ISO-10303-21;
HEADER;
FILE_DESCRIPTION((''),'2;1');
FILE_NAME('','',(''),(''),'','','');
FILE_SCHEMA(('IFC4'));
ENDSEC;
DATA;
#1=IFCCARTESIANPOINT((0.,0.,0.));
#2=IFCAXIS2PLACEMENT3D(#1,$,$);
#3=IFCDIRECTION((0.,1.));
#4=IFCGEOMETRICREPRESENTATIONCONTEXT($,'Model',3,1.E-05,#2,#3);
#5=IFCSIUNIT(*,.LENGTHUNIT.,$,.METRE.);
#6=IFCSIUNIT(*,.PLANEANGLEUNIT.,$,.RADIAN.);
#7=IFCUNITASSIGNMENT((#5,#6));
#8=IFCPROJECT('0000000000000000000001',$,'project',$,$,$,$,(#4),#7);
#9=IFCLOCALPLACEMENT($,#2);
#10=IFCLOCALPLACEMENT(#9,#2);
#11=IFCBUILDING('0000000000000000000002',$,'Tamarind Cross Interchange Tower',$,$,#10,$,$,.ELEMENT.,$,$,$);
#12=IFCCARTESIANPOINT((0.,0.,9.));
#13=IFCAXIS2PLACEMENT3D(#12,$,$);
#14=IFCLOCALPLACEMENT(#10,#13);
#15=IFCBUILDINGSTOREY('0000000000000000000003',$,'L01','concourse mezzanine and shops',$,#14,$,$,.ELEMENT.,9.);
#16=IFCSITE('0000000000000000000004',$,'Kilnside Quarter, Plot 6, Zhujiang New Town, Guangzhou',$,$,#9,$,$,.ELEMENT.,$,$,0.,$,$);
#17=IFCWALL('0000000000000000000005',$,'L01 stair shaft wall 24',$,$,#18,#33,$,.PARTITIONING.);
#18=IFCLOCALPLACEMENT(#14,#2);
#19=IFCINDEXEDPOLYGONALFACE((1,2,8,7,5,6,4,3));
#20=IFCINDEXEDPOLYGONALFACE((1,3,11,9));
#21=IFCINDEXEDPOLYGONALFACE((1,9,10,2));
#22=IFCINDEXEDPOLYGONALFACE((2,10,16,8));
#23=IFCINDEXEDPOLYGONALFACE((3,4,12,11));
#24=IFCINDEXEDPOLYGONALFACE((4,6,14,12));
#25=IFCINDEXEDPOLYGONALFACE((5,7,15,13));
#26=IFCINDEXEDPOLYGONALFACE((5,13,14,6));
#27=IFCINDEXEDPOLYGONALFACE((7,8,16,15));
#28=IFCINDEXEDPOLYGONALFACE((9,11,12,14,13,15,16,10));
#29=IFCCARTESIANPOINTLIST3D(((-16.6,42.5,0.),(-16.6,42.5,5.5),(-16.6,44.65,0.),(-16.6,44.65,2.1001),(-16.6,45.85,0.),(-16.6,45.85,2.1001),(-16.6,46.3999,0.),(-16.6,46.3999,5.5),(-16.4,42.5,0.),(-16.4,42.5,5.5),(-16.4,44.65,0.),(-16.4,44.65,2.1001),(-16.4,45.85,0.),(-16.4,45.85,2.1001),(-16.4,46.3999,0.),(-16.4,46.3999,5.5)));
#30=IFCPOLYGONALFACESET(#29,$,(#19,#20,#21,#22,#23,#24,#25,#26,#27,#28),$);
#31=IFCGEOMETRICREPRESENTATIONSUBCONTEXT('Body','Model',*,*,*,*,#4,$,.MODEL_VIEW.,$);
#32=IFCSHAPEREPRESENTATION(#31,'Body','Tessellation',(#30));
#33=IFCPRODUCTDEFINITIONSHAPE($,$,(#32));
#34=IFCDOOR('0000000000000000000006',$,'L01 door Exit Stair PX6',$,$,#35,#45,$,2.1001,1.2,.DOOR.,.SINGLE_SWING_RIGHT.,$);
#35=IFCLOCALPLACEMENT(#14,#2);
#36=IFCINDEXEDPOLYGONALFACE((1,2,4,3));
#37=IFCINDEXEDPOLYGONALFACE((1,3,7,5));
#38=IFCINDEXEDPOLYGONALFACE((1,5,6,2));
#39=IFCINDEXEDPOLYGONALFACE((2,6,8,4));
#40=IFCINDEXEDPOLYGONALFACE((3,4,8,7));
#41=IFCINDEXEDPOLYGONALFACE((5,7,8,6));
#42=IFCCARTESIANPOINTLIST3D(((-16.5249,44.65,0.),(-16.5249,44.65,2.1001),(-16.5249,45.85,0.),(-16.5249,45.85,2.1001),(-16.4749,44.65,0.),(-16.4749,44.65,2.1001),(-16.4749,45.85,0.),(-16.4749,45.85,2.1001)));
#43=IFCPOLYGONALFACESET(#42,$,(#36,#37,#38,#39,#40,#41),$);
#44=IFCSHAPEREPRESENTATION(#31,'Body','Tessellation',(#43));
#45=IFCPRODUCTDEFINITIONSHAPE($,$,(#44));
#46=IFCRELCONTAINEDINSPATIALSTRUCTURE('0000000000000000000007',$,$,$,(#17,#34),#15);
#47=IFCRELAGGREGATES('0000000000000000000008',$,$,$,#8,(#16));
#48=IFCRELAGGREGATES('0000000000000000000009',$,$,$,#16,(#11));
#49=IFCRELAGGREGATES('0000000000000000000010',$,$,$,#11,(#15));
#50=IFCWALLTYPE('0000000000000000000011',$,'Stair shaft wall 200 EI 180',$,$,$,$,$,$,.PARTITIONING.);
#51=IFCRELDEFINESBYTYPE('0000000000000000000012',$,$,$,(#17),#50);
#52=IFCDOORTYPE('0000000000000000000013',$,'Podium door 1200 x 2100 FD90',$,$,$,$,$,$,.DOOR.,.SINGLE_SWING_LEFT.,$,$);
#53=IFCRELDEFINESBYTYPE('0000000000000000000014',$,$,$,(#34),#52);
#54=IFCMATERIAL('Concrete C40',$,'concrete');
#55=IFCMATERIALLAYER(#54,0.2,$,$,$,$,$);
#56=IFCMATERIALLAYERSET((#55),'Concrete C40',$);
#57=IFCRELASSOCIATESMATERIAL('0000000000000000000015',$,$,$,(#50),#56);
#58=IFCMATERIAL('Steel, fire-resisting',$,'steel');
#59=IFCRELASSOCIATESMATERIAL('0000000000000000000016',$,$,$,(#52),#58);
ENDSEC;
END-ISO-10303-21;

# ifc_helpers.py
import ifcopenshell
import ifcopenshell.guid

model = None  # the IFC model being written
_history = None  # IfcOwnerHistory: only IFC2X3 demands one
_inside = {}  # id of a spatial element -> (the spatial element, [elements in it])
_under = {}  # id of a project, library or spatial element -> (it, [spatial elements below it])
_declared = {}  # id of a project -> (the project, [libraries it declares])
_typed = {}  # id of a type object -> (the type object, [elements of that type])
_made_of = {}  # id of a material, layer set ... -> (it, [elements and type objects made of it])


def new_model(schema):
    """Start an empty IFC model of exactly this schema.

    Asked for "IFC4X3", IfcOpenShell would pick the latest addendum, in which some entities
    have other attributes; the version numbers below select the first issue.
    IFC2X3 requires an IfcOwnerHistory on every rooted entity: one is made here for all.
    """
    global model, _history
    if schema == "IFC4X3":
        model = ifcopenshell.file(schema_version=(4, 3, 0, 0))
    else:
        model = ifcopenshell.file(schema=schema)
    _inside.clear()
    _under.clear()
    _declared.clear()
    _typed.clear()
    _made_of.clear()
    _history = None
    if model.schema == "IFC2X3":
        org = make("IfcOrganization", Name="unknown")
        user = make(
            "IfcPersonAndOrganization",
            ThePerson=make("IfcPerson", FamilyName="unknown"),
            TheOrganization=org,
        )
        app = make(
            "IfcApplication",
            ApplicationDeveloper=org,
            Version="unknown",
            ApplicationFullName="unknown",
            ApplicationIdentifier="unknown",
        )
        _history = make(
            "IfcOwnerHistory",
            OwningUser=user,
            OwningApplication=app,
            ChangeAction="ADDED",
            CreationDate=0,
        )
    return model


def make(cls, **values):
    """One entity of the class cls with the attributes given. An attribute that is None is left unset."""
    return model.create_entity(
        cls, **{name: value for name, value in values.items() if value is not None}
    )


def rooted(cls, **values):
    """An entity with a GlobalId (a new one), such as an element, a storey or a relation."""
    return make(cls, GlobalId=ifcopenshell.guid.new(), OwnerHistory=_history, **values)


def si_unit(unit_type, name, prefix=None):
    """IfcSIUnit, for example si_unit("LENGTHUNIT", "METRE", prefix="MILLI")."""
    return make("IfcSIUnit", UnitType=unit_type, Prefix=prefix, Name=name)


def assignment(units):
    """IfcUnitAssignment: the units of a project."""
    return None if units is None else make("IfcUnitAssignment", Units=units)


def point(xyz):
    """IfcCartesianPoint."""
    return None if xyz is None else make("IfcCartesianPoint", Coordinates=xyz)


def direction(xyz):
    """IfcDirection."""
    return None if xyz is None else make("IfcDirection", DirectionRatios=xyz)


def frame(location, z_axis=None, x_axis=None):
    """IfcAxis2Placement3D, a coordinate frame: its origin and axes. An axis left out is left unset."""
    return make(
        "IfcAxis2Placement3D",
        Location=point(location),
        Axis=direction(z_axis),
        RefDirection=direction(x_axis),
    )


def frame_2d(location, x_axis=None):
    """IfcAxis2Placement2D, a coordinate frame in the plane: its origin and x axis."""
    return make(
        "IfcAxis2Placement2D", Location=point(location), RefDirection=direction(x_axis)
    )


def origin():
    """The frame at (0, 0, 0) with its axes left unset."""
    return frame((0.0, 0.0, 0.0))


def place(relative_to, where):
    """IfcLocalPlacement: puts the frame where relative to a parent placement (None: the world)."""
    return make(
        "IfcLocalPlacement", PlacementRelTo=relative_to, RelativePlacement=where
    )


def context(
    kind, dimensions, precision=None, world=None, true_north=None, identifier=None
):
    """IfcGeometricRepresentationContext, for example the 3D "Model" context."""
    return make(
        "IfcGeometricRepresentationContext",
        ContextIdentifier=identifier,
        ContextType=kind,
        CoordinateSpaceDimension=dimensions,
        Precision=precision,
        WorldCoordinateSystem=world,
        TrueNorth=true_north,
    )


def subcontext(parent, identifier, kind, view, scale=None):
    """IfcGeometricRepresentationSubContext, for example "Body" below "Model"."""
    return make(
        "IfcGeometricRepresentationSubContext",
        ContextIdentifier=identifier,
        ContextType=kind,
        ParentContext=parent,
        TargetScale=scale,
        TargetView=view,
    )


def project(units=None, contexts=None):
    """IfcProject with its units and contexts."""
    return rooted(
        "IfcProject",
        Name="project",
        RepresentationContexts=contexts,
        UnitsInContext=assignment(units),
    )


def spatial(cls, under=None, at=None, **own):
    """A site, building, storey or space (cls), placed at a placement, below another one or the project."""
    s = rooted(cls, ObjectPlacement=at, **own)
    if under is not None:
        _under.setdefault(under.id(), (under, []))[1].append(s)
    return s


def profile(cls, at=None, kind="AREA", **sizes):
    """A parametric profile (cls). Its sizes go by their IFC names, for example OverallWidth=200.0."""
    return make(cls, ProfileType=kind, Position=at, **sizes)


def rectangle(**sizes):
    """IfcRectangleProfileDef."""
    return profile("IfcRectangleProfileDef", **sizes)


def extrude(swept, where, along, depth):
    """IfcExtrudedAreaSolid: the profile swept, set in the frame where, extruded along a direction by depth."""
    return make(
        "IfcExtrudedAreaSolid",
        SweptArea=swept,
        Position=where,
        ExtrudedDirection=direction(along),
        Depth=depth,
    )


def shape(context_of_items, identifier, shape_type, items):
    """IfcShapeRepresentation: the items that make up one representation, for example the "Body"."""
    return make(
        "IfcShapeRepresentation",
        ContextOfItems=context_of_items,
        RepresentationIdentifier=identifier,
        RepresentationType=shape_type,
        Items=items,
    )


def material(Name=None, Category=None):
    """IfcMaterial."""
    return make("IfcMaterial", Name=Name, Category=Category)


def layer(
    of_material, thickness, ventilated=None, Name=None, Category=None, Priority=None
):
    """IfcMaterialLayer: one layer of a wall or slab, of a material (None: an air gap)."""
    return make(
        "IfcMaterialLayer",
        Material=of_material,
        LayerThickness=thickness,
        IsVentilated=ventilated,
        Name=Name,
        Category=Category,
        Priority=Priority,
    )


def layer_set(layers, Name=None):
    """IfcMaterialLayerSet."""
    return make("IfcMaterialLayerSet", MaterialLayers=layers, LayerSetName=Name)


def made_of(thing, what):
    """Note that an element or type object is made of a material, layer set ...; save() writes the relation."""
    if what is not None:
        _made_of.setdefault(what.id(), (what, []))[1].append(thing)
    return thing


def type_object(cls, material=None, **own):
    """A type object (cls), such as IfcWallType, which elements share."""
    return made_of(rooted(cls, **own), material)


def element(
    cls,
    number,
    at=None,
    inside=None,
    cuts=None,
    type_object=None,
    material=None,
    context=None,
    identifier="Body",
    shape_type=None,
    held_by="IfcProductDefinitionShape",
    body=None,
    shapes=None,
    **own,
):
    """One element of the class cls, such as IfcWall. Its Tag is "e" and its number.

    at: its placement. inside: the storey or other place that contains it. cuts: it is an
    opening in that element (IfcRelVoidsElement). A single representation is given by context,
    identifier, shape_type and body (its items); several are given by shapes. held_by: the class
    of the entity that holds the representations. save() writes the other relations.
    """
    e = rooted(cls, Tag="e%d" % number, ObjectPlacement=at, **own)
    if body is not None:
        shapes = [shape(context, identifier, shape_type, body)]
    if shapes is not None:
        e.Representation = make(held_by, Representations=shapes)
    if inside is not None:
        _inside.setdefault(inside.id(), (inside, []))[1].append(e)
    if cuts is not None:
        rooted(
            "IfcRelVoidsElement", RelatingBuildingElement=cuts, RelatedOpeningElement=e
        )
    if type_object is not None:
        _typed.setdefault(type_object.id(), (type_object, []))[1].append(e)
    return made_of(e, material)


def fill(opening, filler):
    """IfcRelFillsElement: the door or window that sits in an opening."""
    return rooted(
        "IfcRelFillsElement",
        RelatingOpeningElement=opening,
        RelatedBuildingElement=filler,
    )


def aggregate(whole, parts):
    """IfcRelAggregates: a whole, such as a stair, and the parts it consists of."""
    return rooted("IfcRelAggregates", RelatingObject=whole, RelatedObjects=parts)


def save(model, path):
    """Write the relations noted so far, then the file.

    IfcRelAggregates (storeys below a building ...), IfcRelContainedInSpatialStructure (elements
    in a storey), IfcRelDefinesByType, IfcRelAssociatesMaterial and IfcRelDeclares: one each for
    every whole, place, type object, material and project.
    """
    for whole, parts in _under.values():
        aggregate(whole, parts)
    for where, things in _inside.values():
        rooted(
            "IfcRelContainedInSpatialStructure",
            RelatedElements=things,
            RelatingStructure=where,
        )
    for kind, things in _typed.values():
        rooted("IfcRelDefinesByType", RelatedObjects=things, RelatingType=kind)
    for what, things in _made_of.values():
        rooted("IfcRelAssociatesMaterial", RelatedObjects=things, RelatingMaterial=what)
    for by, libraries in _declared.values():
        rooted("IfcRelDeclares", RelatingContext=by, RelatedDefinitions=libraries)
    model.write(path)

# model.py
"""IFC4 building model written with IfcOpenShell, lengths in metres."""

from ifc_helpers import new_model, si_unit, direction, frame, frame_2d, origin, place, context, subcontext, project, spatial, rectangle, extrude, material, layer, layer_set, type_object, element, fill, save


model = new_model("IFC4")

# Units and contexts
model_context = context("Model", 3, precision=1e-05, world=origin(), true_north=direction((0.0, 1.0)))
body_context = subcontext(model_context, "Body", "Model", "MODEL_VIEW")
ifc_project = project(units=[si_unit("LENGTHUNIT", "METRE"), si_unit("PLANEANGLEUNIT", "RADIAN")], contexts=[model_context])

# Site, building, storey
site_placement = place(None, origin())
site = spatial("IfcSite", under=ifc_project, at=site_placement, Name="Kilnside Quarter, Plot 6, Zhujiang New Town, Guangzhou", CompositionType="ELEMENT", RefElevation=0.0)
building_placement = place(site_placement, origin())
building = spatial("IfcBuilding", under=site, at=building_placement, Name="Tamarind Cross Interchange Tower", CompositionType="ELEMENT")
storey_placement = place(building_placement, frame((0.0, 0.0, 9.0)))
storey = spatial("IfcBuildingStorey", under=building, at=storey_placement, Name="L01", Description="concourse mezzanine and shops", CompositionType="ELEMENT", Elevation=9.0)

# Shared definitions
ifc_material_1 = material(Name="Steel, fire-resisting", Category="steel")

# Wall, opening, door
ifc_material_2 = material(Name="Concrete C40", Category="concrete")
ifc_layer_1 = layer(ifc_material_2, 0.2)
ifc_layer_set_1 = layer_set([ifc_layer_1], Name="Concrete C40")
wall_type_1 = type_object("IfcWallType", Name="Stair shaft wall 200 EI 180", PredefinedType="PARTITIONING", material=ifc_layer_set_1)
wall_1_placement = place(storey_placement, frame((-16.5, 42.5, 0.0), z_axis=(0.0, 0.0, 1.0), x_axis=(0.0, 1.0, 0.0)))
wall_1 = element("IfcWall", 1, at=wall_1_placement, inside=storey, type_object=wall_type_1, Name="L01 stair shaft wall 24", PredefinedType="PARTITIONING", context=body_context, shape_type="SweptSolid", body=[
    extrude(rectangle(XDim=3.8999, YDim=0.2, at=frame_2d((1.95, 0.0))), origin(), (0.0, 0.0, 1.0), 5.5),
])
opening_1_placement = place(wall_1_placement, frame((2.1499, 0.0, 0.0)))
opening_1 = element("IfcOpeningElement", 2, at=opening_1_placement, cuts=wall_1, PredefinedType="OPENING", context=body_context, shape_type="SweptSolid", body=[
    extrude(rectangle(XDim=1.2, YDim=2.1001, at=frame_2d((0.6001, 1.05))), frame((0.0, 0.1099, 0.0), z_axis=(0.0, -1.0, 0.0), x_axis=(1.0, 0.0, 0.0)), (0.0, 0.0, 1.0), 0.22),
])
door_type_1 = type_object("IfcDoorType", Name="Podium door 1200 x 2100 FD90", OperationType="SINGLE_SWING_LEFT", PredefinedType="DOOR", material=ifc_material_1)
door_1_placement = place(opening_1_placement, origin())
door_1 = element("IfcDoor", 3, at=door_1_placement, inside=storey, type_object=door_type_1, Name="L01 door Exit Stair PX6", OperationType="SINGLE_SWING_RIGHT", OverallHeight=2.1001, OverallWidth=1.2, PredefinedType="DOOR", context=body_context, shape_type="SweptSolid", body=[
    extrude(rectangle(XDim=1.2, YDim=2.1001, at=frame_2d((0.6001, 1.05))), frame((0.0, 0.0249, 0.0), z_axis=(0.0, -1.0, 0.0), x_axis=(1.0, 0.0, 0.0)), (0.0, 0.0, 1.0), 0.05),
])
fill(opening_1, door_1)

save(model, "model.ifc")
